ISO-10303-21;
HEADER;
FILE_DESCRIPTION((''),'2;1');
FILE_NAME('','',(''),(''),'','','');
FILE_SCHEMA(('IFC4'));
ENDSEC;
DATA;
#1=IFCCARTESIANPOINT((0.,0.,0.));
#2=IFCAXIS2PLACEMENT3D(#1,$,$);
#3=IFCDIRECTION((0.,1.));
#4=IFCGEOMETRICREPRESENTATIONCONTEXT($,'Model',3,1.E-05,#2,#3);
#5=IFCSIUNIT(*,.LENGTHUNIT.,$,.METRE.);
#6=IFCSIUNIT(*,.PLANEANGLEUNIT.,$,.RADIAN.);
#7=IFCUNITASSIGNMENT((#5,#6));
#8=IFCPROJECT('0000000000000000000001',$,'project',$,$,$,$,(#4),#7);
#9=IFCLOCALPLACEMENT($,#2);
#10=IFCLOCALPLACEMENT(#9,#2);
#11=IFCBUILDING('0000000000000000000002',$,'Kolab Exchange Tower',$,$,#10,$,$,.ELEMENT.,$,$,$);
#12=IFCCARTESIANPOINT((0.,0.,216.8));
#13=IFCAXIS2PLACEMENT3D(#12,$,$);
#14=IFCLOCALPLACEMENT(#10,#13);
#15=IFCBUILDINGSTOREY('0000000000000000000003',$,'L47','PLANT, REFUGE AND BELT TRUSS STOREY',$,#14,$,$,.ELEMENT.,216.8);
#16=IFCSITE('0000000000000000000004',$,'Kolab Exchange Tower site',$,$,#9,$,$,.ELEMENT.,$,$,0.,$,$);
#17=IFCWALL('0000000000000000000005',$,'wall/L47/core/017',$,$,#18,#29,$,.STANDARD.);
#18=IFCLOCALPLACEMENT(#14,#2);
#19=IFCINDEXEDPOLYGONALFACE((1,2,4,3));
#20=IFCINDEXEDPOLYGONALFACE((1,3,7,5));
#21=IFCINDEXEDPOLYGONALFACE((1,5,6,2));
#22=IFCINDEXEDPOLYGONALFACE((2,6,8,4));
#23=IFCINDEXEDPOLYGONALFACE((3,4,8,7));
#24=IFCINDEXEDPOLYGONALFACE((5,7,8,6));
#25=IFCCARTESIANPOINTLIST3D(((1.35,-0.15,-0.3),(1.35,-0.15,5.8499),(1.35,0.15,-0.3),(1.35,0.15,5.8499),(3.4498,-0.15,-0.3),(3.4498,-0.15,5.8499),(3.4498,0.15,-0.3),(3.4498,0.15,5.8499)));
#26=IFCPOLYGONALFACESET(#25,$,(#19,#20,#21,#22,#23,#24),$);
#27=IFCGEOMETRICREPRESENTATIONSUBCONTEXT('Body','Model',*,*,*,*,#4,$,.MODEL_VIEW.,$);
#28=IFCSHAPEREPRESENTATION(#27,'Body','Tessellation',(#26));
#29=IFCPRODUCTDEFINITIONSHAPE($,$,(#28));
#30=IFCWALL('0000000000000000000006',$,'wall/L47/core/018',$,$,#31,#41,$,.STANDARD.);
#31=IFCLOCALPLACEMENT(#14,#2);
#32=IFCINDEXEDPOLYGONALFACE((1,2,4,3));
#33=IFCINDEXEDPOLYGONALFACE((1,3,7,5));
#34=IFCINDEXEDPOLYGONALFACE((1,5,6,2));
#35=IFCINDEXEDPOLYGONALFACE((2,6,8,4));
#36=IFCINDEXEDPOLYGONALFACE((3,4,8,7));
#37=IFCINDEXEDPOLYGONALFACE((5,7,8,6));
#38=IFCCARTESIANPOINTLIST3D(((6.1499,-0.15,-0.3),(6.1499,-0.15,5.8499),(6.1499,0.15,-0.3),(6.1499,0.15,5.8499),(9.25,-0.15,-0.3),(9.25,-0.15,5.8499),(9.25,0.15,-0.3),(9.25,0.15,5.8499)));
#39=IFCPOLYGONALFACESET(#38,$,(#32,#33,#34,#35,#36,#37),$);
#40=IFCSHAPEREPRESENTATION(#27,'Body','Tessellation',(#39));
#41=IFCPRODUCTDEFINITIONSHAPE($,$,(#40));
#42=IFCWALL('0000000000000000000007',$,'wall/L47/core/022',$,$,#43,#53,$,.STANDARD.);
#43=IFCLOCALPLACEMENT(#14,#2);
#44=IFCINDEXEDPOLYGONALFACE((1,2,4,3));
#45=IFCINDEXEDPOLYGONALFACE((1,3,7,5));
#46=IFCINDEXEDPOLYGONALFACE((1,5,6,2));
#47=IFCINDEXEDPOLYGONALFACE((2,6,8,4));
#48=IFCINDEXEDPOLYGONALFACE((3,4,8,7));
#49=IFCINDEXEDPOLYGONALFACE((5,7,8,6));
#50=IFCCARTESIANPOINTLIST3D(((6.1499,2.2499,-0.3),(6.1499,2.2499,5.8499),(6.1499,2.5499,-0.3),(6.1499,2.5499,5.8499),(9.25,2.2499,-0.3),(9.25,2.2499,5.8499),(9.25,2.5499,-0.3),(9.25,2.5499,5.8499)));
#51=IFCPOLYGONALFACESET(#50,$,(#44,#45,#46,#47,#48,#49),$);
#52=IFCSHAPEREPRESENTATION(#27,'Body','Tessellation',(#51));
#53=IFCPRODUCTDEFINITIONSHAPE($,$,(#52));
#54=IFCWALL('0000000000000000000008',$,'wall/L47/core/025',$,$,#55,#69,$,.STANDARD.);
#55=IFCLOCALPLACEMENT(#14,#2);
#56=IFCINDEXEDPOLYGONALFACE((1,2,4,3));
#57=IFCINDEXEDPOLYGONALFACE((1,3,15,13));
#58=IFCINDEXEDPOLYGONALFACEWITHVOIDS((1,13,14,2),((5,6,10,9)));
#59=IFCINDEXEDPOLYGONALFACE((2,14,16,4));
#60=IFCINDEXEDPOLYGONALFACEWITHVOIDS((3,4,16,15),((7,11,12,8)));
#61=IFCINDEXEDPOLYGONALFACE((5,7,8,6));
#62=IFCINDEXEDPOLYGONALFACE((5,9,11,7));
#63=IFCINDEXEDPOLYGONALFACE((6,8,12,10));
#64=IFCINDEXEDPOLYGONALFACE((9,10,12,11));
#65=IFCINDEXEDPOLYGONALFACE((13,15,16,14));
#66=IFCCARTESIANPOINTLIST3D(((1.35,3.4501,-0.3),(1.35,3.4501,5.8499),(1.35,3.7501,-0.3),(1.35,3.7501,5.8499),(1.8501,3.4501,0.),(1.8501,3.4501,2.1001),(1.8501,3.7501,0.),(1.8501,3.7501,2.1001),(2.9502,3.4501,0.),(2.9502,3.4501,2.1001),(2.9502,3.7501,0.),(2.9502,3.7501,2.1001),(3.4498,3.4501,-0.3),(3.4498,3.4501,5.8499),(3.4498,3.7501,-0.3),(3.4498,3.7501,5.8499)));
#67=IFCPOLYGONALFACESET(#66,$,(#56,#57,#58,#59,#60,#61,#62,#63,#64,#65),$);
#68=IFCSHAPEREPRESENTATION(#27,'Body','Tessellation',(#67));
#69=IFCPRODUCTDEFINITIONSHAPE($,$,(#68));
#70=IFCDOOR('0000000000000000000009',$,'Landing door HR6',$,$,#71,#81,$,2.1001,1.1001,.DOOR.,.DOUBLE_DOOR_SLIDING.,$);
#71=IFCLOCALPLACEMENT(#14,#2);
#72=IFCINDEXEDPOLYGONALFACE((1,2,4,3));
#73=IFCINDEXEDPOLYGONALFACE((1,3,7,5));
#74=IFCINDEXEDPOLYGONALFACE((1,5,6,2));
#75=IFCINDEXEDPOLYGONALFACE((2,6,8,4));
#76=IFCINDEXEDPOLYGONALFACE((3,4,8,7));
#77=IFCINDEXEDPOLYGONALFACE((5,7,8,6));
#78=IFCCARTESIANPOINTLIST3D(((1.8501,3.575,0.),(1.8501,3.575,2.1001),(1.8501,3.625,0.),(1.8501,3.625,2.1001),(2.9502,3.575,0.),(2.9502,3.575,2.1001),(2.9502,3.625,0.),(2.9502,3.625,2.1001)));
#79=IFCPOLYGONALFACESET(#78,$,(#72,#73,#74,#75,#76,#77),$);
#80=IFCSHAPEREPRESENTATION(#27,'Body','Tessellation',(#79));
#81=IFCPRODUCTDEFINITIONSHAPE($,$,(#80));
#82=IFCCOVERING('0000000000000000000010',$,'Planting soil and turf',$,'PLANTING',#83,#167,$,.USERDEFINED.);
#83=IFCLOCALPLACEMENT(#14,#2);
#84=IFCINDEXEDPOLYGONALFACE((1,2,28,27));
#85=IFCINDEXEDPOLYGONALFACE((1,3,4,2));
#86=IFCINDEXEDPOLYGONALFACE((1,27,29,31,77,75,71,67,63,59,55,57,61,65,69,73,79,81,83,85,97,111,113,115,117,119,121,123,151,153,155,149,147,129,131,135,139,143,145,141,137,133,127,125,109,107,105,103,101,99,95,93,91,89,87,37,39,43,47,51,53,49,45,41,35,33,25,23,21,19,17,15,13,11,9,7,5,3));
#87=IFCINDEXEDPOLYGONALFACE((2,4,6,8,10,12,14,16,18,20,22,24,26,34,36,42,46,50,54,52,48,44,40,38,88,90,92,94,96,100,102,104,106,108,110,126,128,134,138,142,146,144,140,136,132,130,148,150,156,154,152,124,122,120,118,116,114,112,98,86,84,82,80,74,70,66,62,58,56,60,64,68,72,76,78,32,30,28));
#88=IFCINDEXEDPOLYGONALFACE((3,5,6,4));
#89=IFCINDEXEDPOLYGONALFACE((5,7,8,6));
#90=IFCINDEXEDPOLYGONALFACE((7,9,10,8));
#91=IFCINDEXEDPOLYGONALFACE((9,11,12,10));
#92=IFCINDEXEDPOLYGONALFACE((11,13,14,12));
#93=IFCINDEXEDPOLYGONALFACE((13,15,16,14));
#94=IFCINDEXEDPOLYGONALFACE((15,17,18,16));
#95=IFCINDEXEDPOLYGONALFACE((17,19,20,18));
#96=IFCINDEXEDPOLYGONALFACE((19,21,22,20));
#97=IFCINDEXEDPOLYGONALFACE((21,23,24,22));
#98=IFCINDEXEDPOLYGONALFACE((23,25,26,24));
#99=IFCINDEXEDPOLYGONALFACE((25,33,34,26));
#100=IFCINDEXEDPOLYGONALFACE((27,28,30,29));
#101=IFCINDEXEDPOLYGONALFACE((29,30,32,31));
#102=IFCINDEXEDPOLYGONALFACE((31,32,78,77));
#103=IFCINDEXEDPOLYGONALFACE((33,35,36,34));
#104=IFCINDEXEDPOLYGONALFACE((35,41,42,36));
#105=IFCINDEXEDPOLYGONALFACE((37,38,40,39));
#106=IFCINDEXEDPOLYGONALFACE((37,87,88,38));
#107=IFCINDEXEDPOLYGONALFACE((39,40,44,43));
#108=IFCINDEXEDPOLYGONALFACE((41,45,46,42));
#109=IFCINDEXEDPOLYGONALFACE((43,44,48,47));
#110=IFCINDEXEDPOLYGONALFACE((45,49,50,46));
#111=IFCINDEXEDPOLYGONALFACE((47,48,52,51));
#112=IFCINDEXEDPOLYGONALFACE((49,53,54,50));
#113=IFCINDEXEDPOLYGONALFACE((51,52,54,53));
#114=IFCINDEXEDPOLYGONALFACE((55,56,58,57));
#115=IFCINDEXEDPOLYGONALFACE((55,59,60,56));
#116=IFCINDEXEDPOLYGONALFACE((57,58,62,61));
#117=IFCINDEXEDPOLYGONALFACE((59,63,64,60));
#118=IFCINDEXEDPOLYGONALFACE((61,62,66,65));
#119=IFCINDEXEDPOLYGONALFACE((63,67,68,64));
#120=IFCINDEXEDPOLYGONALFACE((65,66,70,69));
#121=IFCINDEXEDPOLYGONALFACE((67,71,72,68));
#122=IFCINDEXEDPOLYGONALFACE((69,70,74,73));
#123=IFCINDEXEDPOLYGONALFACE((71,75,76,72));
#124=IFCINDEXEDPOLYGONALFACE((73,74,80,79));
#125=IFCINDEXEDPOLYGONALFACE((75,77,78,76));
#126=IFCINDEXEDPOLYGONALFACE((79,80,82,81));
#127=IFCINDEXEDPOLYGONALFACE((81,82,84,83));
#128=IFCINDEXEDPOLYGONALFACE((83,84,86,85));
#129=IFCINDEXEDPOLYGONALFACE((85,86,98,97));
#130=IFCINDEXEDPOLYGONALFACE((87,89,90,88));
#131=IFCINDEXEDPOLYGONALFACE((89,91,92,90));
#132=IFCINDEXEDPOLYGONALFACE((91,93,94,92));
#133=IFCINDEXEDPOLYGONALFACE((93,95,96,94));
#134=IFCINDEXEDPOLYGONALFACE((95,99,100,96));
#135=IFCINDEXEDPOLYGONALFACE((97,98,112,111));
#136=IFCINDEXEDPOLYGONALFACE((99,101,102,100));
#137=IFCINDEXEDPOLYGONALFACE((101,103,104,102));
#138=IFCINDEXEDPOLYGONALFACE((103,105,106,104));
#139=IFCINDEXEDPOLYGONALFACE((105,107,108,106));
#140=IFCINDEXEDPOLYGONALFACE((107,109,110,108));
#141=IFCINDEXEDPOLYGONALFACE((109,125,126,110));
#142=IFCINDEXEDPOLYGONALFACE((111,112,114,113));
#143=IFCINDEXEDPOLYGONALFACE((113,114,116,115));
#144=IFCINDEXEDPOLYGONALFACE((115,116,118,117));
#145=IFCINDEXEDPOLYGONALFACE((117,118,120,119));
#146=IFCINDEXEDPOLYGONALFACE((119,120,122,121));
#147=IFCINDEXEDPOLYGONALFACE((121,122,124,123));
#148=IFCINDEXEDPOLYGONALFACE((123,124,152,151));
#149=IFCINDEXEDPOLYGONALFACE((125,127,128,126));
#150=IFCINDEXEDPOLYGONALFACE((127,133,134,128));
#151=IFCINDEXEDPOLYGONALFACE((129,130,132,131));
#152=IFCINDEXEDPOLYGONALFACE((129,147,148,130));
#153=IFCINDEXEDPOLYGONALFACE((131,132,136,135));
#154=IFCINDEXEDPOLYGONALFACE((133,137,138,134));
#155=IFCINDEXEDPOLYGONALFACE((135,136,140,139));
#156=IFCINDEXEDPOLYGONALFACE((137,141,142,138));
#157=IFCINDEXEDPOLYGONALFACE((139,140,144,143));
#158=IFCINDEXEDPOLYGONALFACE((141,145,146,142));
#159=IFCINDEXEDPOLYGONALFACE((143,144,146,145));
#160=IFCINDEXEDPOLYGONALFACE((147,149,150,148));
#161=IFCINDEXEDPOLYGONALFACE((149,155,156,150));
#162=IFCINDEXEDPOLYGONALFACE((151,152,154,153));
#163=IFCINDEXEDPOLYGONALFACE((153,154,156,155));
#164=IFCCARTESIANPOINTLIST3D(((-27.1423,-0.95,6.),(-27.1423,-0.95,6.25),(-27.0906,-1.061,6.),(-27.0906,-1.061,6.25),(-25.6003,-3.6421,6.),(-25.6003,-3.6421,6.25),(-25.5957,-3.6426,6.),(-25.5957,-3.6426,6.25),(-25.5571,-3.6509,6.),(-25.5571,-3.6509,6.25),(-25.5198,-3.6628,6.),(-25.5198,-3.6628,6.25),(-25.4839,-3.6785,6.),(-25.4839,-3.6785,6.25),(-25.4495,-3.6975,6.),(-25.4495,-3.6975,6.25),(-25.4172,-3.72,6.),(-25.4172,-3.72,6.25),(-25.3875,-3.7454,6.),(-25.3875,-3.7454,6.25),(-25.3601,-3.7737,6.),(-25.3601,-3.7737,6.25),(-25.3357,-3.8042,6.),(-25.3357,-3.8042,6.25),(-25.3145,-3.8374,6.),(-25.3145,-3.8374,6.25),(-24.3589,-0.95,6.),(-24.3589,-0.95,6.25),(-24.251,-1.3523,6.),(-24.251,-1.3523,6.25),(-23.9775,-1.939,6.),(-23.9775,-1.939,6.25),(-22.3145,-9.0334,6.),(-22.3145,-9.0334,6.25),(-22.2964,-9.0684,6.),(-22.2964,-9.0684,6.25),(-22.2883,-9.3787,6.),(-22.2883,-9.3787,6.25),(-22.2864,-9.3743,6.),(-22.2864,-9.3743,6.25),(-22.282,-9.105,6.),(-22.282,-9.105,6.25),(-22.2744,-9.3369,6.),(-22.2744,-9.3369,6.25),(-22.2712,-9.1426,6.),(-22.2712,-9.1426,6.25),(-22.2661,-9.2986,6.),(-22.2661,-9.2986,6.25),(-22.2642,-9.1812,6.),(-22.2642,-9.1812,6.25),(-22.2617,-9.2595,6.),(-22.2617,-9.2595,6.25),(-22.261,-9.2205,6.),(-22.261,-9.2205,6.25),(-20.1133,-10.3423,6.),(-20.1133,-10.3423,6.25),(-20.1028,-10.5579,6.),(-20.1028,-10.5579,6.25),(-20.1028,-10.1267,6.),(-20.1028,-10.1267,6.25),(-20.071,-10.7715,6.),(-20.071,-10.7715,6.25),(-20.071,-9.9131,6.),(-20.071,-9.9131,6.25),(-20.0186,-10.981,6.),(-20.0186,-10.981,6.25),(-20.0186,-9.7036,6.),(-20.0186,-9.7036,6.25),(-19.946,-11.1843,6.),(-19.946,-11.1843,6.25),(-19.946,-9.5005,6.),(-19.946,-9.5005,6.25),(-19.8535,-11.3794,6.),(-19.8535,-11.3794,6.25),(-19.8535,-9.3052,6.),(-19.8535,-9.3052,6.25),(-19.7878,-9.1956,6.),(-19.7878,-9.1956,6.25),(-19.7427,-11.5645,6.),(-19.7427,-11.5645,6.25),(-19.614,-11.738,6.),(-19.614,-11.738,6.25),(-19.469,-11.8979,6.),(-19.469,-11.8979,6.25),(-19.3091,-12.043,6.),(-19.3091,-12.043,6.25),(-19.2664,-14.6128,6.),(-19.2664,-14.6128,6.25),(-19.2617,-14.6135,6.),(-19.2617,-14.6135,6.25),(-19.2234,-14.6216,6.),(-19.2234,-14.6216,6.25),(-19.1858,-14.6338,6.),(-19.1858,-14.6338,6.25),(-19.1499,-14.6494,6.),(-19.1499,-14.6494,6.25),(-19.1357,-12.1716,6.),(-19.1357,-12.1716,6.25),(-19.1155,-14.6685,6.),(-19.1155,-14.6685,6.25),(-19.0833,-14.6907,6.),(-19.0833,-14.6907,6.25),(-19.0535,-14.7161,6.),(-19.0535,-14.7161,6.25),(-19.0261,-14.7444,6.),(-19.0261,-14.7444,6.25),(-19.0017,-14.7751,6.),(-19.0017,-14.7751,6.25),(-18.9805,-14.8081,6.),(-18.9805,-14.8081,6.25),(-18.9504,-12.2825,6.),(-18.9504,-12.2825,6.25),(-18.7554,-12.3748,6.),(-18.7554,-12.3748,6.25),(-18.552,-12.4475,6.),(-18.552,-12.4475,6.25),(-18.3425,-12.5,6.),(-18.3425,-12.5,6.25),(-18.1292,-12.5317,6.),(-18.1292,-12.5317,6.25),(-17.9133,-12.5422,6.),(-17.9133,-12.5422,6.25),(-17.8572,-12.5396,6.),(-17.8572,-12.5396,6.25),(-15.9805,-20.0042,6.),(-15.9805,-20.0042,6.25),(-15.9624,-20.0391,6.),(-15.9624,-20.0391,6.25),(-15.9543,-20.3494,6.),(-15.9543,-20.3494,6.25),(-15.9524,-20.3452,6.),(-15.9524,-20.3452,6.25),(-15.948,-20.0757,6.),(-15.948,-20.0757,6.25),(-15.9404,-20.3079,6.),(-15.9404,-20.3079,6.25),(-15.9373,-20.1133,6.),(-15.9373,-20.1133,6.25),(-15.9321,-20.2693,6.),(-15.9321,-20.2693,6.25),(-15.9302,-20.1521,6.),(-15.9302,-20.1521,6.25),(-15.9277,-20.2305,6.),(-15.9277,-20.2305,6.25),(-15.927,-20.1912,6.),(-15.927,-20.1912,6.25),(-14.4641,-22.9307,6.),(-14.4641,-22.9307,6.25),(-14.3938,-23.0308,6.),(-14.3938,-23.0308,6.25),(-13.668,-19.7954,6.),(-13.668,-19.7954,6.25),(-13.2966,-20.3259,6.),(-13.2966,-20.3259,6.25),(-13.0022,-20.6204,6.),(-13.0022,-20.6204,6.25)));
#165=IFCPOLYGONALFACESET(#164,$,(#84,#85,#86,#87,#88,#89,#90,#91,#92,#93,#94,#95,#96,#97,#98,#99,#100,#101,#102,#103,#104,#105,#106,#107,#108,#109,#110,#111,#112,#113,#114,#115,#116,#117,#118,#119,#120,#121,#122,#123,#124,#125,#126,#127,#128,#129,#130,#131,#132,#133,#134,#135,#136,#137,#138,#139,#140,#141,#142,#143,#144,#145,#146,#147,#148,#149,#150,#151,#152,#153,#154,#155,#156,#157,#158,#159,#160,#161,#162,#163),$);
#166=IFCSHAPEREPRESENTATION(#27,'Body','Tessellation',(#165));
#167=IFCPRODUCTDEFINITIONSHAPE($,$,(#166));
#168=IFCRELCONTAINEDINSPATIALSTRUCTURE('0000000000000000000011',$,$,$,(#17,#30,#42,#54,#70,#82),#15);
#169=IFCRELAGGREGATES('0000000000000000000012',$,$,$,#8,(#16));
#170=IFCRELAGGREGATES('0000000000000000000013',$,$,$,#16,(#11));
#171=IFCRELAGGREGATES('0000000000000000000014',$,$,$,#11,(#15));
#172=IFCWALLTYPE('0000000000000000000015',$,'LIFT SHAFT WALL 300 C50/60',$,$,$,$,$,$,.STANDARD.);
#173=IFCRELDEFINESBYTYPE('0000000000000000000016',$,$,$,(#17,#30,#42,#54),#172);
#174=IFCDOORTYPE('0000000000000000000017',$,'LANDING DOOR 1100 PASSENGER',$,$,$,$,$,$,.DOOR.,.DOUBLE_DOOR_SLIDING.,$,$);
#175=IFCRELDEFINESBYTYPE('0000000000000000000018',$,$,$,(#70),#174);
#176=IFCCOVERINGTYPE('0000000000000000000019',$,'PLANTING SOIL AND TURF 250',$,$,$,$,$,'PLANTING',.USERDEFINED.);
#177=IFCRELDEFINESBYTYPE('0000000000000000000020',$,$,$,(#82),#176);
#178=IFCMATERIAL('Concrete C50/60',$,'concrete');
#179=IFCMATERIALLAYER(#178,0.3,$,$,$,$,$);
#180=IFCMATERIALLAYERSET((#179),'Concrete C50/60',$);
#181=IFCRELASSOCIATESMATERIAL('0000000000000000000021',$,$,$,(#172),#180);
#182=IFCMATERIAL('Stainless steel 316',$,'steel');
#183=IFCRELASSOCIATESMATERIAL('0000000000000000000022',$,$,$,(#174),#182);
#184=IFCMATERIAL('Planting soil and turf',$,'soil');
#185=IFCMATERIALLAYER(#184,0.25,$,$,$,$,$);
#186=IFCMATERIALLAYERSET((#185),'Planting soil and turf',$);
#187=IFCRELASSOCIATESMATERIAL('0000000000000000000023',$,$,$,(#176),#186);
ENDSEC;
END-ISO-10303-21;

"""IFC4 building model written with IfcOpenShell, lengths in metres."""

from ifc_helpers import new_model, si_unit, direction, frame, frame_2d, origin, place, context, subcontext, project, spatial, polyline, rectangle, outline, extrude, material, layer, layer_set, type_object, element, fill, save


model = new_model("IFC4")

# Units and contexts
model_context = context("Model", 3, precision=1e-05, world=origin(), true_north=direction((0.0, 1.0)))
body_context = subcontext(model_context, "Body", "Model", "MODEL_VIEW")
ifc_project = project(units=[si_unit("LENGTHUNIT", "METRE"), si_unit("PLANEANGLEUNIT", "RADIAN")], contexts=[model_context])

# Site, building, storey
site_placement = place(None, origin())
site = spatial("IfcSite", under=ifc_project, at=site_placement, Name="Kolab Exchange Tower site", CompositionType="ELEMENT", RefElevation=0.0)
building_placement = place(site_placement, origin())
building = spatial("IfcBuilding", under=site, at=building_placement, Name="Kolab Exchange Tower", CompositionType="ELEMENT")
storey_placement = place(building_placement, frame((0.0, 0.0, 216.8)))
storey = spatial("IfcBuildingStorey", under=building, at=storey_placement, Name="L47", Description="PLANT, REFUGE AND BELT TRUSS STOREY", CompositionType="ELEMENT", Elevation=216.8)

# Shared definitions
ifc_material_1 = material(Name="Concrete C50/60", Category="concrete")

# Walls
ifc_layer_1 = layer(ifc_material_1, 0.3)
ifc_layer_set_1 = layer_set([ifc_layer_1], Name="Concrete C50/60")
wall_type = type_object("IfcWallType", Name="LIFT SHAFT WALL 300 C50/60", PredefinedType="STANDARD", material=ifc_layer_set_1)
wall_1_placement = place(storey_placement, frame((1.3501, 0.0, -0.3), z_axis=(0.0, 0.0, 1.0), x_axis=(1.0, 0.0, 0.0)))
element("IfcWall", 1, at=wall_1_placement, inside=storey, type_object=wall_type, Name="wall/L47/core/017", PredefinedType="STANDARD", context=body_context, shape_type="SweptSolid", body=[
    extrude(rectangle(XDim=2.0999, YDim=0.3, at=frame_2d((1.0498, 0.0))), origin(), (0.0, 0.0, 1.0), 6.1499),
])
for number, where, z_axis, x_axis, name in (
    (2, (6.1499, 0.0, -0.3), (0.0, 0.0, 1.0), (1.0, 0.0, 0.0), "wall/L47/core/018"),
    (3, (6.1499, 2.3999, -0.3), (0.0, 0.0, 1.0), (1.0, 0.0, 0.0), "wall/L47/core/022"),
):
    element("IfcWall", number, at=place(storey_placement, frame(where, z_axis=z_axis, x_axis=x_axis)), inside=storey, type_object=wall_type, Name=name, PredefinedType="STANDARD", context=body_context, shape_type="SweptSolid", body=[
        extrude(rectangle(XDim=3.1001, YDim=0.3, at=frame_2d((1.55, 0.0))), origin(), (0.0, 0.0, 1.0), 6.1499),
    ])

# Wall, opening, door
wall_2_placement = place(storey_placement, frame((1.3501, 3.6001, -0.3), z_axis=(0.0, 0.0, 1.0), x_axis=(1.0, 0.0, 0.0)))
wall_2 = element("IfcWall", 4, at=wall_2_placement, inside=storey, type_object=wall_type, Name="wall/L47/core/025", PredefinedType="STANDARD", context=body_context, shape_type="SweptSolid", body=[
    extrude(rectangle(XDim=2.0999, YDim=0.3, at=frame_2d((1.0498, 0.0))), origin(), (0.0, 0.0, 1.0), 6.1499),
])
opening_placement = place(wall_2_placement, frame((0.5, 0.0, 0.3)))
opening = element("IfcOpeningElement", 5, at=opening_placement, cuts=wall_2, PredefinedType="OPENING", context=body_context, shape_type="SweptSolid", body=[
    extrude(rectangle(XDim=1.1001, YDim=2.1001, at=frame_2d((0.55, 1.05))), frame((0.0, 0.1602, 0.0), z_axis=(0.0, -1.0, 0.0), x_axis=(1.0, 0.0, 0.0)), (0.0, 0.0, 1.0), 0.3201),
])
ifc_material_2 = material(Name="Stainless steel 316", Category="steel")
door_type = type_object("IfcDoorType", Name="LANDING DOOR 1100 PASSENGER", OperationType="DOUBLE_DOOR_SLIDING", PredefinedType="DOOR", material=ifc_material_2)
door_placement = place(opening_placement, origin())
door = element("IfcDoor", 6, at=door_placement, inside=storey, type_object=door_type, Name="Landing door HR6", OperationType="DOUBLE_DOOR_SLIDING", OverallHeight=2.1001, OverallWidth=1.1001, PredefinedType="DOOR", context=body_context, shape_type="SweptSolid", body=[
    extrude(rectangle(XDim=1.1001, YDim=2.1001, at=frame_2d((0.55, 1.05))), frame((0.0, 0.0249, 0.0), z_axis=(0.0, -1.0, 0.0), x_axis=(1.0, 0.0, 0.0)), (0.0, 0.0, 1.0), 0.05),
])
fill(opening, door)

# Covering
ifc_material_3 = material(Name="Planting soil and turf", Category="soil")
ifc_layer_2 = layer(ifc_material_3, 0.25)
ifc_layer_set_2 = layer_set([ifc_layer_2], Name="Planting soil and turf")
covering_type_1 = type_object("IfcCoveringType", Name="PLANTING SOIL AND TURF 250", ElementType="PLANTING", PredefinedType="USERDEFINED", material=ifc_layer_set_2)
covering_1_placement = place(storey_placement, frame((0.0, 0.0, 6.0)))
element("IfcCovering", 7, at=covering_1_placement, inside=storey, type_object=covering_type_1, Name="Planting soil and turf", ObjectType="PLANTING", PredefinedType="USERDEFINED", context=body_context, shape_type="SweptSolid", body=[
    extrude(outline(polyline([(-24.3589, -0.95), (-24.251, -1.3523), (-23.9775, -1.939), (-19.7878, -9.1956), (-19.8535, -9.3052), (-19.946, -9.5005), (-20.0186, -9.7036), (-20.071, -9.9131), (-20.1028, -10.1267), (-20.1133, -10.3423), (-20.1028, -10.5579), (-20.071, -10.7715), (-20.0186, -10.981), (-19.946, -11.1843), (-19.8535, -11.3794), (-19.7427, -11.5645), (-19.614, -11.738), (-19.469, -11.8979), (-19.3091, -12.043), (-19.1357, -12.1716), (-18.9504, -12.2825), (-18.7554, -12.3748), (-18.552, -12.4475), (-18.3425, -12.5), (-18.1292, -12.5317), (-17.9133, -12.5422), (-17.8572, -12.5396), (-13.668, -19.7954), (-13.2966, -20.3259), (-13.0022, -20.6204), (-14.3938, -23.0308), (-14.4641, -22.9307), (-15.9543, -20.3494), (-15.9524, -20.3452), (-15.9404, -20.3079), (-15.9321, -20.2693), (-15.9277, -20.2305), (-15.927, -20.1912), (-15.9302, -20.1521), (-15.9373, -20.1133), (-15.948, -20.0757), (-15.9624, -20.0391), (-15.9805, -20.0042), (-18.9805, -14.8081), (-19.0017, -14.7751), (-19.0261, -14.7444), (-19.0535, -14.7161), (-19.0833, -14.6907), (-19.1155, -14.6685), (-19.1499, -14.6494), (-19.1858, -14.6338), (-19.2234, -14.6216), (-19.2617, -14.6135), (-19.2664, -14.6128), (-22.2883, -9.3787), (-22.2864, -9.3743), (-22.2744, -9.3369), (-22.2661, -9.2986), (-22.2617, -9.2595), (-22.261, -9.2205), (-22.2642, -9.1812), (-22.2712, -9.1426), (-22.282, -9.105), (-22.2964, -9.0684), (-22.3145, -9.0334), (-25.3145, -3.8374), (-25.3357, -3.8042), (-25.3601, -3.7737), (-25.3875, -3.7454), (-25.4172, -3.72), (-25.4495, -3.6975), (-25.4839, -3.6785), (-25.5198, -3.6628), (-25.5571, -3.6509), (-25.5957, -3.6426), (-25.6003, -3.6421), (-27.0906, -1.061), (-27.1423, -0.95), (-24.3589, -0.95)])), origin(), (0.0, 0.0, 1.0), 0.25),
])

save(model, "model.ifc")
